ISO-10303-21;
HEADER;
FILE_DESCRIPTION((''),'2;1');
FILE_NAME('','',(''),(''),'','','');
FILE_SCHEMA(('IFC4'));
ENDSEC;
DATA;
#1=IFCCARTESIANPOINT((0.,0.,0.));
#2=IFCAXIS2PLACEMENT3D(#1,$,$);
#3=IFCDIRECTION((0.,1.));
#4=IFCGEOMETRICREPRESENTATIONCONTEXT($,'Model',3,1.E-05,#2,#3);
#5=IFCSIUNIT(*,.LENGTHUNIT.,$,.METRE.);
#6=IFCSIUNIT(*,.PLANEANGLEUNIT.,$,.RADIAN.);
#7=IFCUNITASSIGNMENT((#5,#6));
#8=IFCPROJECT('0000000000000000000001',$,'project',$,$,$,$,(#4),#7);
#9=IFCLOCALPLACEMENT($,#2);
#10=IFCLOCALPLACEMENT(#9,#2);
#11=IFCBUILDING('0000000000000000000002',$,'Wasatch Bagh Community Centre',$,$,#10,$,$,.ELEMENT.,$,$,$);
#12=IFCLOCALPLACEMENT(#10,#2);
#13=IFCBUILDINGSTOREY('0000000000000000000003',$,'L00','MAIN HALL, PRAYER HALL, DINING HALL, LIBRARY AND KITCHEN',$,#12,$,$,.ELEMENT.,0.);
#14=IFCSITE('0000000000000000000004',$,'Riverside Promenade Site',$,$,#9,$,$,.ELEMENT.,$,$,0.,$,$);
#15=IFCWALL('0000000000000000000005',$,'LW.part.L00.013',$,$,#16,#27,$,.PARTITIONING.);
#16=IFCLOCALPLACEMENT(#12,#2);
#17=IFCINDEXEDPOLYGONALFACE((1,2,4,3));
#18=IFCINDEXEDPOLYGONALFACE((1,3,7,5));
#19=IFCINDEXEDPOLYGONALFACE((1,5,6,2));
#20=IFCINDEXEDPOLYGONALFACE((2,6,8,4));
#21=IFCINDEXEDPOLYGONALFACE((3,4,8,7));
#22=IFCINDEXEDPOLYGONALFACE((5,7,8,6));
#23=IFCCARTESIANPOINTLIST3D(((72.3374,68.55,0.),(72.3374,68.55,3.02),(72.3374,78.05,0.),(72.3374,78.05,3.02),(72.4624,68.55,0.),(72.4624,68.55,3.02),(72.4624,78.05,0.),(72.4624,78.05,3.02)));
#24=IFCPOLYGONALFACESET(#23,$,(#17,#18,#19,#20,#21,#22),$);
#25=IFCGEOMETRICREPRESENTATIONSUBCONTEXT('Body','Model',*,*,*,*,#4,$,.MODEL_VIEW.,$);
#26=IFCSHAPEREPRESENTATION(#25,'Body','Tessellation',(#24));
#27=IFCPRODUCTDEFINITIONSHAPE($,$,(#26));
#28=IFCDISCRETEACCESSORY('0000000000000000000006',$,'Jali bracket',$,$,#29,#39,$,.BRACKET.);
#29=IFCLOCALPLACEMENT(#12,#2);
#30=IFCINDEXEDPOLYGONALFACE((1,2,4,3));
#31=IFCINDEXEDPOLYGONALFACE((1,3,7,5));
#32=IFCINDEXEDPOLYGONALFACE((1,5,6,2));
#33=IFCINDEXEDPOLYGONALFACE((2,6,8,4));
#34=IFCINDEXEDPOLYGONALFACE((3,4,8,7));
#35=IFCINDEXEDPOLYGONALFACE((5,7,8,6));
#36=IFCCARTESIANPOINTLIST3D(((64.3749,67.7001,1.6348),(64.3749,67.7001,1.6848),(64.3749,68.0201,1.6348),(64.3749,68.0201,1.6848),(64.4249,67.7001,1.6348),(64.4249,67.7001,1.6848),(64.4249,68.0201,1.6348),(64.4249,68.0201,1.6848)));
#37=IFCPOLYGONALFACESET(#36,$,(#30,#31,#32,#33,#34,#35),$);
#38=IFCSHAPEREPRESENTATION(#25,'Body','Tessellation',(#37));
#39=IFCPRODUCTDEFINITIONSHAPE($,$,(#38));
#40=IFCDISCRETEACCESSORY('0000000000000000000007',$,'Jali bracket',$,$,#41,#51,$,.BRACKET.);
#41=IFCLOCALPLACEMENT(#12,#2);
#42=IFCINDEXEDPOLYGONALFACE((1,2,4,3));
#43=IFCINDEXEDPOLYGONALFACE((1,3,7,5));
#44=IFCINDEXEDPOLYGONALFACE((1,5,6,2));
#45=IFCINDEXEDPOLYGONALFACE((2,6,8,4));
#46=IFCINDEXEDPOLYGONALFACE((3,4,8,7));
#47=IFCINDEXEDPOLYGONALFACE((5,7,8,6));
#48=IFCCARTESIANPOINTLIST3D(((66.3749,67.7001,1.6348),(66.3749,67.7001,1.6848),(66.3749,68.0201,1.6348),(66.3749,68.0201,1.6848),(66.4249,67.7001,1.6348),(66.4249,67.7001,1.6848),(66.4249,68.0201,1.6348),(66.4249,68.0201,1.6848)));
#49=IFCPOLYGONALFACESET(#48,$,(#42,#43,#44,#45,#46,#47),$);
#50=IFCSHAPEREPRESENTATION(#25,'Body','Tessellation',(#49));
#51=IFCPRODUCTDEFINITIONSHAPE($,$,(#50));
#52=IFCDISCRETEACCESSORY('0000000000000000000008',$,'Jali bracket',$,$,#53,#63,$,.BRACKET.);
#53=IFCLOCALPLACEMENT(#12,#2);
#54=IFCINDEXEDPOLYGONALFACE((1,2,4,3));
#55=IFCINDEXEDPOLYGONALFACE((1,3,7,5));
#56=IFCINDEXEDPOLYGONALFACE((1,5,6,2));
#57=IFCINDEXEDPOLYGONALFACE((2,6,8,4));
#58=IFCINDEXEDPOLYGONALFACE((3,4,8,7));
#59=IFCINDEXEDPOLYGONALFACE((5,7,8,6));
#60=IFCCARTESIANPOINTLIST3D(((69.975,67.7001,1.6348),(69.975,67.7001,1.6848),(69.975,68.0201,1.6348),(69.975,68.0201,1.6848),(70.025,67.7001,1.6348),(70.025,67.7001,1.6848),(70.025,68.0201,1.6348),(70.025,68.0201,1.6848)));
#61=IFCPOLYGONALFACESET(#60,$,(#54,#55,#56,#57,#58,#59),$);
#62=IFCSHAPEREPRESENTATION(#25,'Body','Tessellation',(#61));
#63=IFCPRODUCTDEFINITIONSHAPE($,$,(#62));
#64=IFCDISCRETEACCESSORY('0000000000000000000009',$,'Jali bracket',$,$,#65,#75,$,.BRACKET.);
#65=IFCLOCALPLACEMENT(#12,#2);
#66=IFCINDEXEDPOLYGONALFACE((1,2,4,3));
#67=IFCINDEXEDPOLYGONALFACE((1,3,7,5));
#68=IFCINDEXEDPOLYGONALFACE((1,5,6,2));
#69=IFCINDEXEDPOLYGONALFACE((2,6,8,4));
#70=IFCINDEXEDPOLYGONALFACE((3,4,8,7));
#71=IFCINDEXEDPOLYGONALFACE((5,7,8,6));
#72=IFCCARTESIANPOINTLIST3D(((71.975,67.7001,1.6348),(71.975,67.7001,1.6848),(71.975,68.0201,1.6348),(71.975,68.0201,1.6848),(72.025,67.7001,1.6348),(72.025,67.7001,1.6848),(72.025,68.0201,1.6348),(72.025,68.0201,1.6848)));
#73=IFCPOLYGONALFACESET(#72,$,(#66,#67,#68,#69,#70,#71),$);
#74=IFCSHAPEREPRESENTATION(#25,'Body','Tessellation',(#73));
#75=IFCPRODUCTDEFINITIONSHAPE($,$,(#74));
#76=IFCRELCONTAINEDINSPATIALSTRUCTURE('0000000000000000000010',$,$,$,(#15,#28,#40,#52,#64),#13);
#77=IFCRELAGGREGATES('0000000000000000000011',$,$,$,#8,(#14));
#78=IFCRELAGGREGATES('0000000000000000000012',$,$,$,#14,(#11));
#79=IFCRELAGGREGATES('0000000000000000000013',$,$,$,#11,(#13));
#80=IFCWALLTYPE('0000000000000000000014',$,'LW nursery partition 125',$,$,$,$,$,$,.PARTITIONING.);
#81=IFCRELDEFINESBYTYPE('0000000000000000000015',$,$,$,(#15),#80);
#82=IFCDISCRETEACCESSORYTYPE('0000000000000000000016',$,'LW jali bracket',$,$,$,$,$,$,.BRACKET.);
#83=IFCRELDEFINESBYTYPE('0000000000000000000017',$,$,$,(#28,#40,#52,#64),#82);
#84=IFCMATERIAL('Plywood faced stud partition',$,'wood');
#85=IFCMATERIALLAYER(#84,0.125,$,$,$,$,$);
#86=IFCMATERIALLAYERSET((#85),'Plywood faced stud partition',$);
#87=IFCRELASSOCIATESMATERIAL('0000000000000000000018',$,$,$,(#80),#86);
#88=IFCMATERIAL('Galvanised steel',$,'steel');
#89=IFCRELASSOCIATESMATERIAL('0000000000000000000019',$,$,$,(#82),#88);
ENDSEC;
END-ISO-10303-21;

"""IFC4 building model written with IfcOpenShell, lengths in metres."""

from ifc_helpers import new_model, si_unit, direction, frame, frame_2d, origin, origin_2d, place, context, subcontext, project, spatial, rectangle, extrude, material, layer, layer_set, type_object, element, save


model = new_model("IFC4")

# Units and contexts
model_context = context("Model", 3, precision=1e-05, world=origin(), true_north=direction((0.0, 1.0)))
body_context = subcontext(model_context, "Body", "Model", "MODEL_VIEW")
ifc_project = project(units=[si_unit("LENGTHUNIT", "METRE"), si_unit("PLANEANGLEUNIT", "RADIAN")], contexts=[model_context])

# Site, building, storey
site_placement = place(None, origin())
site = spatial("IfcSite", under=ifc_project, at=site_placement, Name="Riverside Promenade Site", CompositionType="ELEMENT", RefElevation=0.0)
building_placement = place(site_placement, origin())
building = spatial("IfcBuilding", under=site, at=building_placement, Name="Wasatch Bagh Community Centre", CompositionType="ELEMENT")
storey_placement = place(building_placement, origin())
storey = spatial("IfcBuildingStorey", under=building, at=storey_placement, Name="L00", Description="MAIN HALL, PRAYER HALL, DINING HALL, LIBRARY AND KITCHEN", CompositionType="ELEMENT", Elevation=0.0)

# Wall
ifc_material_1 = material(Name="Plywood faced stud partition", Category="wood")
ifc_layer_1 = layer(ifc_material_1, 0.125)
ifc_layer_set_1 = layer_set([ifc_layer_1], Name="Plywood faced stud partition")
wall_type_1 = type_object("IfcWallType", Name="LW nursery partition 125", PredefinedType="PARTITIONING", material=ifc_layer_set_1)
wall_1_placement = place(storey_placement, frame((72.3999, 68.55, 0.0), z_axis=(0.0, 0.0, 1.0), x_axis=(0.0, 1.0, 0.0)))
element("IfcWall", 1, at=wall_1_placement, inside=storey, type_object=wall_type_1, Name="LW.part.L00.013", PredefinedType="PARTITIONING", context=body_context, shape_type="SweptSolid", body=[
    extrude(rectangle(XDim=9.5, YDim=0.125, at=frame_2d((4.75, 0.0))), origin(), (0.0, 0.0, 1.0), 3.02),
])

# Discrete accessories
ifc_material_2 = material(Name="Galvanised steel", Category="steel")
discrete_accessory_type = type_object("IfcDiscreteAccessoryType", Name="LW jali bracket", PredefinedType="BRACKET", material=ifc_material_2)
for number, where, z_axis, x_axis, name in (
    (2, (64.3999, 67.8601, 1.6348), (0.0, 0.0, 1.0), (1.0, 0.0, 0.0), "Jali bracket"),
    (3, (66.3999, 67.8601, 1.6348), (0.0, 0.0, 1.0), (1.0, 0.0, 0.0), "Jali bracket"),
    (4, (70.0, 67.8601, 1.6348), (0.0, 0.0, 1.0), (1.0, 0.0, 0.0), "Jali bracket"),
    (5, (72.0, 67.8601, 1.6348), (0.0, 0.0, 1.0), (1.0, 0.0, 0.0), "Jali bracket"),
):
    element("IfcDiscreteAccessory", number, at=place(storey_placement, frame(where, z_axis=z_axis, x_axis=x_axis)), inside=storey, type_object=discrete_accessory_type, Name=name, PredefinedType="BRACKET", context=body_context, shape_type="SweptSolid", body=[
        extrude(rectangle(XDim=0.05, YDim=0.3201, at=origin_2d()), origin(), (0.0, 0.0, 1.0), 0.05),
    ])

save(model, "model.ifc")
